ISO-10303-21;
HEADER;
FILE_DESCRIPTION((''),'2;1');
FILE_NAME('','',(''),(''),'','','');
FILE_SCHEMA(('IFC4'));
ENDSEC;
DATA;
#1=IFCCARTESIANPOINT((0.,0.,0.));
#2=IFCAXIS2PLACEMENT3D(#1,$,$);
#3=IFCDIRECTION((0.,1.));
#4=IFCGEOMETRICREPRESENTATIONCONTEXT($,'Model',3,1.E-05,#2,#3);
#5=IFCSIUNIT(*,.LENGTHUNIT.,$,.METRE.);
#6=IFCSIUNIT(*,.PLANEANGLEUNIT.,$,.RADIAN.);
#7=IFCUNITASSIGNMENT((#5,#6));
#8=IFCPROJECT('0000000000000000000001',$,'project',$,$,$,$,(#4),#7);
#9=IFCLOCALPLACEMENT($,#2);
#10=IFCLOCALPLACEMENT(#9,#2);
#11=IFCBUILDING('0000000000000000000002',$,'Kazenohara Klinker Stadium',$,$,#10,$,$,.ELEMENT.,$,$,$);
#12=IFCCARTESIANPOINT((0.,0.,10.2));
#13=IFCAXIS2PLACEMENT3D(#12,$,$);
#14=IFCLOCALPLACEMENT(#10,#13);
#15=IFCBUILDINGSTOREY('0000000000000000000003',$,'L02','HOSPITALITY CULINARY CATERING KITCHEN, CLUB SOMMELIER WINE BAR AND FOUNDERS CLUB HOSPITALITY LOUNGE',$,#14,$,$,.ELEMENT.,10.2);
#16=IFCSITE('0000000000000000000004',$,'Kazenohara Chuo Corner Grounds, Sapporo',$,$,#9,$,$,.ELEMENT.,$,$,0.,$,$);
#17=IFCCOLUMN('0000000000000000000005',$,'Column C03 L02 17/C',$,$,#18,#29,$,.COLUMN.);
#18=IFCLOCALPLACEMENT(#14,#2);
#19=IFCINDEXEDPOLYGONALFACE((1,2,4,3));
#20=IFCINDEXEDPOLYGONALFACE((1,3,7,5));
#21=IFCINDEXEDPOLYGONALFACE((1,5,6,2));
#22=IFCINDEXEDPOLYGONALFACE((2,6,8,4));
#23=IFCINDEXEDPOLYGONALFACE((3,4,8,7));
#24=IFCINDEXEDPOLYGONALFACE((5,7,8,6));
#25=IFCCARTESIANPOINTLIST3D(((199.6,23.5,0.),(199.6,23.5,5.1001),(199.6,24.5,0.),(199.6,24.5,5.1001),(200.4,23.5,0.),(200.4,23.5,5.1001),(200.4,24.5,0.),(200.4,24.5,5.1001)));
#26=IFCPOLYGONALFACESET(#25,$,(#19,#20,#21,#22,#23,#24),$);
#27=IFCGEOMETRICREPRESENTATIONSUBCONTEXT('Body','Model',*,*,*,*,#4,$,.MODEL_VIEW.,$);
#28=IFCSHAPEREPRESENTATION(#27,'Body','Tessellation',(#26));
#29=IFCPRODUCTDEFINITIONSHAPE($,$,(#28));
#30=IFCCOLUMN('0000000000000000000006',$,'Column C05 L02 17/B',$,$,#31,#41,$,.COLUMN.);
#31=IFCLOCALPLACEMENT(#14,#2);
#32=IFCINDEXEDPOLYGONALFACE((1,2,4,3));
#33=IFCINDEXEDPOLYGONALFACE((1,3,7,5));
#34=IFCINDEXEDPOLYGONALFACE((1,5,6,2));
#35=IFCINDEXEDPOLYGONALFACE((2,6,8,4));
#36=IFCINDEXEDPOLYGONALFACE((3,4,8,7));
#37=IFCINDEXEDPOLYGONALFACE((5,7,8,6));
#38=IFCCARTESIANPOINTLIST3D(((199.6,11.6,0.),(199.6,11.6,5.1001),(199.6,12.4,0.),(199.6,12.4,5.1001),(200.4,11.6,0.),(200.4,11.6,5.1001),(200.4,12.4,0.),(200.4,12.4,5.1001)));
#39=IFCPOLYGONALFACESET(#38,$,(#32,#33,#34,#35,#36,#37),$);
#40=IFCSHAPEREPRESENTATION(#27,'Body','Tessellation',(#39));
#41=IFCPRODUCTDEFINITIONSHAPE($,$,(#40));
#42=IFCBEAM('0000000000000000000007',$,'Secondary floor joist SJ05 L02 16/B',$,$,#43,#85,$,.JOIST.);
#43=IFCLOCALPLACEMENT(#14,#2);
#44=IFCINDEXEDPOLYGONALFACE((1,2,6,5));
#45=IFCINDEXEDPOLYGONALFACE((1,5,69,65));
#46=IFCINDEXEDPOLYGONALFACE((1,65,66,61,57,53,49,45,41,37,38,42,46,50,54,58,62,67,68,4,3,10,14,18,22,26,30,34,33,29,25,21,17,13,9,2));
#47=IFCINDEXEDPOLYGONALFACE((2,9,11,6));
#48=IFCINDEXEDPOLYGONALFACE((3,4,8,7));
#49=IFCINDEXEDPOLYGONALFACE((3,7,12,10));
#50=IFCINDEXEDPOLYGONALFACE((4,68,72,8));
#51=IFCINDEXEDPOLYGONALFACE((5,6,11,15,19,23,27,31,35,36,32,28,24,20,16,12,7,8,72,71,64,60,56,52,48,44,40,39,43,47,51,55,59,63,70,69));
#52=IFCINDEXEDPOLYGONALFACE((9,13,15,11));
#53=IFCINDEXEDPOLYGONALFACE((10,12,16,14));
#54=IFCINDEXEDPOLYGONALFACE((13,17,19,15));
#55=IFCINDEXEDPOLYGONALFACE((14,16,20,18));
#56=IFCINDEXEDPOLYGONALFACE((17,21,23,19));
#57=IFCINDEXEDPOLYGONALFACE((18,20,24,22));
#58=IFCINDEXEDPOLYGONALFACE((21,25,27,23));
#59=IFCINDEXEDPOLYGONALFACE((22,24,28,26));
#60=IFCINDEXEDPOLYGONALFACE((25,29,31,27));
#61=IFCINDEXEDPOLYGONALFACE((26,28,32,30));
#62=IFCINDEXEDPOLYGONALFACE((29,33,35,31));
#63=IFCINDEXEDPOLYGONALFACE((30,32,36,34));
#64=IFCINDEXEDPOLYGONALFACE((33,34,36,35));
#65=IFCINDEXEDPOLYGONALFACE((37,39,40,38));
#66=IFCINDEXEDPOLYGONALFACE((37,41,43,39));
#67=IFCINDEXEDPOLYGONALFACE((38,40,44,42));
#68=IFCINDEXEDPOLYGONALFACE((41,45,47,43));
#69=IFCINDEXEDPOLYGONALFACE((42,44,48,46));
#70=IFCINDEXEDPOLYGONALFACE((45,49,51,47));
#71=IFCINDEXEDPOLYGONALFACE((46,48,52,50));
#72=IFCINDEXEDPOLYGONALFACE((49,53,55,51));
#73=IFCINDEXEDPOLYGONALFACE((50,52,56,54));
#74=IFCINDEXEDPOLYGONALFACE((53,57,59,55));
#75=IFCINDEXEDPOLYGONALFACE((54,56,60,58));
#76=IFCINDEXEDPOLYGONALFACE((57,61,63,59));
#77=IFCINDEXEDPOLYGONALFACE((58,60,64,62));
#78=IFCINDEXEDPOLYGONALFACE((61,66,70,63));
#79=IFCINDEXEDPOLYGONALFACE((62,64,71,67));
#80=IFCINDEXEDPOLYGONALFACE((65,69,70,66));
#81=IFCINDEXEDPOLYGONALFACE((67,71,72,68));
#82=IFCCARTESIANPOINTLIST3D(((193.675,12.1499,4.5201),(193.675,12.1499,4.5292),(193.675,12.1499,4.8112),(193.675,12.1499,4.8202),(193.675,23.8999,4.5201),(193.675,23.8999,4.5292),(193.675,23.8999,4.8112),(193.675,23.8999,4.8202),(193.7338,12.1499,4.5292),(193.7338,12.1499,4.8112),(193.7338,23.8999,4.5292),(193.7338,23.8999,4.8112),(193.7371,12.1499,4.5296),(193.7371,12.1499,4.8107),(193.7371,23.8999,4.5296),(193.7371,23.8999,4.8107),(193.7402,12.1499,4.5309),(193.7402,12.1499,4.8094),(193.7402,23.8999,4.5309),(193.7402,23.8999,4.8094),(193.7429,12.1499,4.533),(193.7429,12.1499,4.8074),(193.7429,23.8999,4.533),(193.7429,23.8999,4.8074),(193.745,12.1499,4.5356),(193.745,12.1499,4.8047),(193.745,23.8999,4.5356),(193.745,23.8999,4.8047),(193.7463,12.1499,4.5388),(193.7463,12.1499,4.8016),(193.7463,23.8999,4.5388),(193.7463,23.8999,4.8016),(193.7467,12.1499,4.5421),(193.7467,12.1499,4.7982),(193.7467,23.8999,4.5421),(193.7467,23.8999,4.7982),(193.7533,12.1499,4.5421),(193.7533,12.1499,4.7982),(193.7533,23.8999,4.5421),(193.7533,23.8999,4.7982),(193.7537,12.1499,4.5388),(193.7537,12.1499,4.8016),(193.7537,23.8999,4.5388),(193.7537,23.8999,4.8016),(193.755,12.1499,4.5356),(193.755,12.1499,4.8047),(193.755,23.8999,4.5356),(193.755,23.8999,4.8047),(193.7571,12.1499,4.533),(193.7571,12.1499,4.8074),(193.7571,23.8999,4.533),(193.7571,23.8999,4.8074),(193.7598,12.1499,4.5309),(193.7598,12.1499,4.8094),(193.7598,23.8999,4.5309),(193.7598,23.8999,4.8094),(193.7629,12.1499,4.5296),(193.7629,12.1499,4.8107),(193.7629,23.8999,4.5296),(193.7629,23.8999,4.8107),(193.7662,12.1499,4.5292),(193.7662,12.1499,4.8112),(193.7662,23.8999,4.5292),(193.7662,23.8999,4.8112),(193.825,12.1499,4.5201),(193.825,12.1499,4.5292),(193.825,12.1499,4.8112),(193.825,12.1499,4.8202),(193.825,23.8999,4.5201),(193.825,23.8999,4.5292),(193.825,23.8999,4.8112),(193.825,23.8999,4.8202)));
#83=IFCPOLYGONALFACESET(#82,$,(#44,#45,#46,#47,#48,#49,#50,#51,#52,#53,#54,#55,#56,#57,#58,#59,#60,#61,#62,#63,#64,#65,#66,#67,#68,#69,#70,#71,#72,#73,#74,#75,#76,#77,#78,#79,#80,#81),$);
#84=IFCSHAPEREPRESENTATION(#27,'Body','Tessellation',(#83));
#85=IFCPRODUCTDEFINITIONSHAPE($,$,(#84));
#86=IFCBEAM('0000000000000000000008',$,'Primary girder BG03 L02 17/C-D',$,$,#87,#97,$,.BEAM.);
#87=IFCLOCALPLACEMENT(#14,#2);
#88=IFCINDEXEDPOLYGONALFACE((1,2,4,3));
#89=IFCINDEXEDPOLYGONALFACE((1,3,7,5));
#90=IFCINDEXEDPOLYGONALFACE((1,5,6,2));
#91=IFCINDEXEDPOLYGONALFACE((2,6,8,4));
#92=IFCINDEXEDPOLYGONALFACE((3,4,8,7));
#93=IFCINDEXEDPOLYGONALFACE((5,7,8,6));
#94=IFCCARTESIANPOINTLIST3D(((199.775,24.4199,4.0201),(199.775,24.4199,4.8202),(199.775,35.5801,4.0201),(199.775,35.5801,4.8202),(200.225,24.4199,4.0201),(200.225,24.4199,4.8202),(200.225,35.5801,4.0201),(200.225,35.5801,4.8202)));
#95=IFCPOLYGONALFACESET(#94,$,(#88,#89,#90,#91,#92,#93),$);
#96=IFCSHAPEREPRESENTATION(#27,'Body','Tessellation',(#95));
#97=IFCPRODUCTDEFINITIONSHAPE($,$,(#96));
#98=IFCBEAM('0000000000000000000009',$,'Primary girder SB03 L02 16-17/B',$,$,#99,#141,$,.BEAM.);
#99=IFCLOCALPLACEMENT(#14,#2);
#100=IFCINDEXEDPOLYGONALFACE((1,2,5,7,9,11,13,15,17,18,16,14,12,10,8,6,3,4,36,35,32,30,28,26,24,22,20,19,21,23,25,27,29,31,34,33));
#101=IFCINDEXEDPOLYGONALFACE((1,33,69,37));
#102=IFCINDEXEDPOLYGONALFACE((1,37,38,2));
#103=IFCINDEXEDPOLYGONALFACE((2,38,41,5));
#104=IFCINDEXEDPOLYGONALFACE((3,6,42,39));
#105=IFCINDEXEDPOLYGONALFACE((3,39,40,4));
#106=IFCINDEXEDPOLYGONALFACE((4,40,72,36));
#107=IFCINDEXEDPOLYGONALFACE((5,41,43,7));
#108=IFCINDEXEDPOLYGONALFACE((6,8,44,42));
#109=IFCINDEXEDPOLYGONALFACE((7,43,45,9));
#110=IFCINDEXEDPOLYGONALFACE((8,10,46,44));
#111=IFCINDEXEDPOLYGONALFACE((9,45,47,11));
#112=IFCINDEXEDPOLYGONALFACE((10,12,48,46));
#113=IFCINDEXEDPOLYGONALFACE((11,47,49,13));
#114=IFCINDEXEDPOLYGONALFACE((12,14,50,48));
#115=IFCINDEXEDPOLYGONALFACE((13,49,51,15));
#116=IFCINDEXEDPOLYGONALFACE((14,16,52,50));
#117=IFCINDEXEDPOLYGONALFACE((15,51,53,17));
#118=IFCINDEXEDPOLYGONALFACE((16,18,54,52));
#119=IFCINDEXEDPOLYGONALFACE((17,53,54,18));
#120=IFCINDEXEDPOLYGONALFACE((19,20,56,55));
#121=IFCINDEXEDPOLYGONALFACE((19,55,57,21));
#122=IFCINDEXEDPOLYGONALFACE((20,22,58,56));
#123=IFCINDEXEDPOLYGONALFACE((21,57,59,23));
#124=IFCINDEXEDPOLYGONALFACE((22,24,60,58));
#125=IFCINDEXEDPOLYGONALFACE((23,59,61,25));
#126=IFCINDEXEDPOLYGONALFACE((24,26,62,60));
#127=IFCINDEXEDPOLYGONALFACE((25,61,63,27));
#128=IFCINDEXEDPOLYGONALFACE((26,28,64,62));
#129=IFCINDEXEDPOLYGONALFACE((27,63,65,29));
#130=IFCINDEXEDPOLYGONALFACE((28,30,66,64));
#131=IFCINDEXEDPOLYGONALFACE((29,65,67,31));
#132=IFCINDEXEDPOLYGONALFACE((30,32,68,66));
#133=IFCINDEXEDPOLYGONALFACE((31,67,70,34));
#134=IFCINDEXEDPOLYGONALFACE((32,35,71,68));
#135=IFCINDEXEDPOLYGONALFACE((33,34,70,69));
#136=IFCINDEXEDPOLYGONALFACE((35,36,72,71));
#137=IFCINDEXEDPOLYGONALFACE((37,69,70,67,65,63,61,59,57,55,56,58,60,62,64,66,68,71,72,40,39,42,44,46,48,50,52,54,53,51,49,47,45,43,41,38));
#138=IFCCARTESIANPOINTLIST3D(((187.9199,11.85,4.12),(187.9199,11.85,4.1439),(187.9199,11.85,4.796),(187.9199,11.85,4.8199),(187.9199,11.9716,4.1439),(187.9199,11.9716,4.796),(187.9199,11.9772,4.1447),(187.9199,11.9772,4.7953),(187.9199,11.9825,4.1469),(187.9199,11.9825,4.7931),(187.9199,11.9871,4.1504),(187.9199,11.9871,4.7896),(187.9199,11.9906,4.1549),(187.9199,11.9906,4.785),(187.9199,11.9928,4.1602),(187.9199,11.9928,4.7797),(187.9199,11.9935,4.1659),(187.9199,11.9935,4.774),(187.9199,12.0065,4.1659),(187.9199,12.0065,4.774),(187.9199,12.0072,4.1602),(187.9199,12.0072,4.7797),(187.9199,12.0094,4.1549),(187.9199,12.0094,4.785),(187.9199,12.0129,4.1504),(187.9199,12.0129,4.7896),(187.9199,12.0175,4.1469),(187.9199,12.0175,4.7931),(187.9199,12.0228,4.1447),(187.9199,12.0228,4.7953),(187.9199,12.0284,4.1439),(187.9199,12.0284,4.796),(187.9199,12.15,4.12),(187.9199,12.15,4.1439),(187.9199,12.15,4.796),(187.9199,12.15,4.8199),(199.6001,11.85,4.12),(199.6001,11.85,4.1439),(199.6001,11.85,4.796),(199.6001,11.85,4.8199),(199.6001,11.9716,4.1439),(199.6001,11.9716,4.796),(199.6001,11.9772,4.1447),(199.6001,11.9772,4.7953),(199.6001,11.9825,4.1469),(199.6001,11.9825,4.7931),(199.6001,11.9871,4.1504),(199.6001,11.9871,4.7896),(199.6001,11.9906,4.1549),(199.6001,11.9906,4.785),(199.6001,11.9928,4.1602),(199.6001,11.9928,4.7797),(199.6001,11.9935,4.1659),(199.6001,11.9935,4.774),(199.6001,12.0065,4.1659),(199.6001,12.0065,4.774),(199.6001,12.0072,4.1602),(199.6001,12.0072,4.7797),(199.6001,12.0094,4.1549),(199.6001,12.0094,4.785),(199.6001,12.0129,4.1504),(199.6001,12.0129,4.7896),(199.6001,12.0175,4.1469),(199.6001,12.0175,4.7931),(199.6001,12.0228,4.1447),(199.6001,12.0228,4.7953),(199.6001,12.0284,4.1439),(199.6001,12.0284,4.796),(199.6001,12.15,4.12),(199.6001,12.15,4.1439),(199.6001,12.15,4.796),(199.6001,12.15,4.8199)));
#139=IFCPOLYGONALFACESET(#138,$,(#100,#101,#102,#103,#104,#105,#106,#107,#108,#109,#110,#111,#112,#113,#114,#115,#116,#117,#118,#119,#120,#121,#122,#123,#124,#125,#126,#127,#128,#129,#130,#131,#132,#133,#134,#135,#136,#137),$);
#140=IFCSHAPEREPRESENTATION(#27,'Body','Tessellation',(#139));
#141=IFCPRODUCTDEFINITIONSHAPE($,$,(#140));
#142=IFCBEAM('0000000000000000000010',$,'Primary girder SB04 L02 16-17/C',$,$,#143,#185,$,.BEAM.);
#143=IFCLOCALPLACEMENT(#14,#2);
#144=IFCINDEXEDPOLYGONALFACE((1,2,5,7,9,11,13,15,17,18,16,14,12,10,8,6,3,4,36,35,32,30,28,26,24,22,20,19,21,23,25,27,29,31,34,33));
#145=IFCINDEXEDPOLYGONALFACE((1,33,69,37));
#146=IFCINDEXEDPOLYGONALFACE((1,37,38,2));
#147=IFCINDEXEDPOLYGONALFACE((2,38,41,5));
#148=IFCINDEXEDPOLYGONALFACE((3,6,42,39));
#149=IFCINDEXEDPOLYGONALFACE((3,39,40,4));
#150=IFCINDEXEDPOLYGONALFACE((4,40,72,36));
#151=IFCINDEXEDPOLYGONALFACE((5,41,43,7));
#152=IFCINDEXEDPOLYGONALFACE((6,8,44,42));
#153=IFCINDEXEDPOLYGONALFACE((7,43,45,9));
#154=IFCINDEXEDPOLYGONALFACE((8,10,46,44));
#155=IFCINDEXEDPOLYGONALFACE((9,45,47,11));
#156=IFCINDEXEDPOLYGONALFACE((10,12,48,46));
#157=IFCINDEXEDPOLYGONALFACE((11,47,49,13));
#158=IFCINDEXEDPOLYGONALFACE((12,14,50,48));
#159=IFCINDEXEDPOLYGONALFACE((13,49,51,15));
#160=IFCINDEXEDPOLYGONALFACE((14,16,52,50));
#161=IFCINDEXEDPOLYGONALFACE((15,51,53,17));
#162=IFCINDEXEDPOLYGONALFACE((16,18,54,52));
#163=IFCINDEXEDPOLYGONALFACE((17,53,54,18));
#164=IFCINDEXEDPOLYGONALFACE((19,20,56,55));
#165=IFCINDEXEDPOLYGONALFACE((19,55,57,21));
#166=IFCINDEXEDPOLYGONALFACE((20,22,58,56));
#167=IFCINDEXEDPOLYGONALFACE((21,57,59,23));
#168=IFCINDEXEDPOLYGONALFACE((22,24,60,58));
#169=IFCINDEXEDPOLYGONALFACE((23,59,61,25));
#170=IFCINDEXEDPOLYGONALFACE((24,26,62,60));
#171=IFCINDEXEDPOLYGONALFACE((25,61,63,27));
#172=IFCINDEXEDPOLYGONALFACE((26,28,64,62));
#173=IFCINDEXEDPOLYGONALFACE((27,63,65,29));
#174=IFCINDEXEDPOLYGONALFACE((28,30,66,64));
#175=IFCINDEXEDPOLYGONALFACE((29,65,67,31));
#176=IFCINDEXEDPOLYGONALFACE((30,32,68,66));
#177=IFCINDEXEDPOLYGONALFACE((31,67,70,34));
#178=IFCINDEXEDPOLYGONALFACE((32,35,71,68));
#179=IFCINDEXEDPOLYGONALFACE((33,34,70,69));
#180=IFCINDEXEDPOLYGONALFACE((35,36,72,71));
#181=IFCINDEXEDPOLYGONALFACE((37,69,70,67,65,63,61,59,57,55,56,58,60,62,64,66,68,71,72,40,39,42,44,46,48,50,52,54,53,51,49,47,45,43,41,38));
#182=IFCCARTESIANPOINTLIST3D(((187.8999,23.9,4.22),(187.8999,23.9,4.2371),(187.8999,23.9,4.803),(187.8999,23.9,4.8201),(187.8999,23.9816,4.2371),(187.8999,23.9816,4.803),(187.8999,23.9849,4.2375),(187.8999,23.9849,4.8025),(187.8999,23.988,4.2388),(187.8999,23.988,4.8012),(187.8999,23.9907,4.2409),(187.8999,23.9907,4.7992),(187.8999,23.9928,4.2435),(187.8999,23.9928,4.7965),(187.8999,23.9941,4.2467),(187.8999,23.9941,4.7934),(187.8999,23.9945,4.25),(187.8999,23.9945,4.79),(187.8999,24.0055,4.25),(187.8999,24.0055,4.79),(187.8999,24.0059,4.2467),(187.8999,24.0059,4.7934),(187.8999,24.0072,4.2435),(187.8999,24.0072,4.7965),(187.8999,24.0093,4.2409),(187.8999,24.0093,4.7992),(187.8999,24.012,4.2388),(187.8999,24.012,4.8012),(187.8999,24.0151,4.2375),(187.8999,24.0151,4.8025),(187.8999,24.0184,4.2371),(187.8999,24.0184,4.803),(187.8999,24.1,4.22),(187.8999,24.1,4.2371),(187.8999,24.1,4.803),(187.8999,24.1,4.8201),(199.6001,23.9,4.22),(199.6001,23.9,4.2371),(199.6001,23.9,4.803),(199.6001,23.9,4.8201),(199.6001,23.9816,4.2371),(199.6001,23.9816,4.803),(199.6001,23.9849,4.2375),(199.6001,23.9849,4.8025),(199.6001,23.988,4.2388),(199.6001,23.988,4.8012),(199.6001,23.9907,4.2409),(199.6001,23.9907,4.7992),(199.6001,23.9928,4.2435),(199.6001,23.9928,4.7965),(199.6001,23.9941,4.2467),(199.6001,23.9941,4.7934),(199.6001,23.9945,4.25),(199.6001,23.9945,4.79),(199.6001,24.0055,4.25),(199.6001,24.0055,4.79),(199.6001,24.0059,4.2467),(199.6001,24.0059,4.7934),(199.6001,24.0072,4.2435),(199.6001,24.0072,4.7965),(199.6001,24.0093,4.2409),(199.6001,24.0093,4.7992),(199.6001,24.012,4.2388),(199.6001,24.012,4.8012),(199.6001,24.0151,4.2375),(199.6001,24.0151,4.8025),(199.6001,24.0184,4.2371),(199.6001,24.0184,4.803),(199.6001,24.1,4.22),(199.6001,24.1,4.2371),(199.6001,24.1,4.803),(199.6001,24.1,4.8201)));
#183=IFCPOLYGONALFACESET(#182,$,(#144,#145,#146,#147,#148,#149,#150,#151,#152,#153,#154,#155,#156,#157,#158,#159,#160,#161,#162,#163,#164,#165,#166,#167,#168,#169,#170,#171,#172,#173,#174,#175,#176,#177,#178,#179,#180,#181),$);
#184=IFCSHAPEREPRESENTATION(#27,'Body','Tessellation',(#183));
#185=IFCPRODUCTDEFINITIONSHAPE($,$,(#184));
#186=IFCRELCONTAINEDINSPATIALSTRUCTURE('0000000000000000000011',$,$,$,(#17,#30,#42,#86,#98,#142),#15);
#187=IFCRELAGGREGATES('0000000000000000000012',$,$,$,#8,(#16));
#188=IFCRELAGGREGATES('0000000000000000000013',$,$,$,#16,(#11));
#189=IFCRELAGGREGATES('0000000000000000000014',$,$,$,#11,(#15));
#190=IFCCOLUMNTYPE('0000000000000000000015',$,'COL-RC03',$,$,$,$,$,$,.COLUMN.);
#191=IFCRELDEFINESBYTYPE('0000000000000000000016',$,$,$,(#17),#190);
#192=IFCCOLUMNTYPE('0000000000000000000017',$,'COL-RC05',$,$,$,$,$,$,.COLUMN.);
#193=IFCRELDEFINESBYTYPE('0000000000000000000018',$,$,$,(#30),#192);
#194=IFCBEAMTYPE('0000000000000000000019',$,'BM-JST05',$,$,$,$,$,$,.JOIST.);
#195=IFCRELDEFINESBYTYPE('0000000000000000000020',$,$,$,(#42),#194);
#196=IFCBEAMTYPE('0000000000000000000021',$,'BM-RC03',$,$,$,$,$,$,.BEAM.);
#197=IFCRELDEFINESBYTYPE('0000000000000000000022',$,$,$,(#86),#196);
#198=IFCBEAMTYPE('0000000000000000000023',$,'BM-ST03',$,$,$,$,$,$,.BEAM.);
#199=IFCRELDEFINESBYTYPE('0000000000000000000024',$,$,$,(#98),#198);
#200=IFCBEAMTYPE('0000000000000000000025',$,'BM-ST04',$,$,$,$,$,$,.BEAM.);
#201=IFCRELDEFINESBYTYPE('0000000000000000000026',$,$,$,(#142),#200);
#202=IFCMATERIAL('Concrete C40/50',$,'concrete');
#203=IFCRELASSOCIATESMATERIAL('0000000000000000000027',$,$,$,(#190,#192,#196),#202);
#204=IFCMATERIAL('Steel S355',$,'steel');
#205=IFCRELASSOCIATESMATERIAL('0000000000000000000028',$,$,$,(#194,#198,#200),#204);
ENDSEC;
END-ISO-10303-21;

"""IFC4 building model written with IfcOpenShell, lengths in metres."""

from ifc_helpers import new_model, si_unit, direction, frame, origin, origin_2d, place, context, subcontext, project, spatial, rectangle, i_section, extrude, material, material_profile, profile_set, type_object, element, save


model = new_model("IFC4")

# Units and contexts
model_context = context("Model", 3, precision=1e-05, world=origin(), true_north=direction((0.0, 1.0)))
body_context = subcontext(model_context, "Body", "Model", "MODEL_VIEW")
ifc_project = project(units=[si_unit("LENGTHUNIT", "METRE"), si_unit("PLANEANGLEUNIT", "RADIAN")], contexts=[model_context])

# Site, building, storey
site_placement = place(None, origin())
site = spatial("IfcSite", under=ifc_project, at=site_placement, Name="Kazenohara Chuo Corner Grounds, Sapporo", CompositionType="ELEMENT", RefElevation=0.0)
building_placement = place(site_placement, origin())
building = spatial("IfcBuilding", under=site, at=building_placement, Name="Kazenohara Klinker Stadium", CompositionType="ELEMENT")
storey_placement = place(building_placement, frame((0.0, 0.0, 10.2)))
storey = spatial("IfcBuildingStorey", under=building, at=storey_placement, Name="L02", Description="HOSPITALITY CULINARY CATERING KITCHEN, CLUB SOMMELIER WINE BAR AND FOUNDERS CLUB HOSPITALITY LOUNGE", CompositionType="ELEMENT", Elevation=10.2)

# Columns
ifc_material_1 = material(Name="Concrete C40/50", Category="concrete")
ifc_material_profile_1 = material_profile(ifc_material_1, rectangle(XDim=0.8, YDim=1.0, at=origin_2d()), Name="RC-COL-1000x800")
ifc_profile_set_1 = profile_set([ifc_material_profile_1], Name="Concrete C40/50")
column_type_1 = type_object("IfcColumnType", Name="COL-RC03", PredefinedType="COLUMN", material=ifc_profile_set_1)
column_1_placement = place(storey_placement, frame((200.0, 24.0, 0.0), z_axis=(0.0, 0.0, 1.0), x_axis=(1.0, 0.0, 0.0)))
element("IfcColumn", 1, at=column_1_placement, inside=storey, type_object=column_type_1, Name="Column C03 L02 17/C", PredefinedType="COLUMN", context=body_context, shape_type="SweptSolid", body=[
    extrude(rectangle(XDim=0.8, YDim=1.0, at=origin_2d()), origin(), (0.0, 0.0, 1.0), 5.1001),
])
ifc_material_profile_2 = material_profile(ifc_material_1, rectangle(XDim=0.8, YDim=0.8, at=origin_2d()), Name="RC-COL-800x800")
ifc_profile_set_2 = profile_set([ifc_material_profile_2], Name="Concrete C40/50")
column_type_2 = type_object("IfcColumnType", Name="COL-RC05", PredefinedType="COLUMN", material=ifc_profile_set_2)
column_2_placement = place(storey_placement, frame((200.0, 12.0, 0.0), z_axis=(0.0, 0.0, 1.0), x_axis=(1.0, 0.0, 0.0)))
element("IfcColumn", 2, at=column_2_placement, inside=storey, type_object=column_type_2, Name="Column C05 L02 17/B", PredefinedType="COLUMN", context=body_context, shape_type="SweptSolid", body=[
    extrude(rectangle(XDim=0.8, YDim=0.8, at=origin_2d()), origin(), (0.0, 0.0, 1.0), 5.1001),
])

# Beams
ifc_material_2 = material(Name="Steel S355", Category="steel")
ifc_material_profile_3 = material_profile(ifc_material_2, i_section(OverallWidth=0.1499, OverallDepth=0.3, WebThickness=0.0066, FlangeThickness=0.009, FilletRadius=0.0129, at=origin_2d()), Name="H-300x150x6.5x9")
ifc_profile_set_3 = profile_set([ifc_material_profile_3], Name="Steel S355")
beam_type_1 = type_object("IfcBeamType", Name="BM-JST05", PredefinedType="JOIST", material=ifc_profile_set_3)
beam_1_placement = place(storey_placement, frame((193.75, 12.1499, 4.6702), z_axis=(0.0, 1.0, 0.0), x_axis=(-1.0, 0.0, 0.0)))
element("IfcBeam", 3, at=beam_1_placement, inside=storey, type_object=beam_type_1, Name="Secondary floor joist SJ05 L02 16/B", PredefinedType="JOIST", context=body_context, shape_type="SweptSolid", body=[
    extrude(i_section(OverallWidth=0.1499, OverallDepth=0.3, WebThickness=0.0066, FlangeThickness=0.009, FilletRadius=0.0129, at=origin_2d()), origin(), (0.0, 0.0, 1.0), 11.75),
])
ifc_material_profile_4 = material_profile(ifc_material_1, rectangle(XDim=0.45, YDim=0.8, at=origin_2d()), Name="RC-BM-450x800")
ifc_profile_set_4 = profile_set([ifc_material_profile_4], Name="Concrete C40/50")
beam_type_2 = type_object("IfcBeamType", Name="BM-RC03", PredefinedType="BEAM", material=ifc_profile_set_4)
beam_2_placement = place(storey_placement, frame((200.0, 24.4199, 4.4202), z_axis=(0.0, 1.0, 0.0), x_axis=(-1.0, 0.0, 0.0)))
element("IfcBeam", 4, at=beam_2_placement, inside=storey, type_object=beam_type_2, Name="Primary girder BG03 L02 17/C-D", PredefinedType="BEAM", context=body_context, shape_type="SweptSolid", body=[
    extrude(rectangle(XDim=0.45, YDim=0.8, at=origin_2d()), origin(), (0.0, 0.0, 1.0), 11.1602),
])
ifc_material_profile_5 = material_profile(ifc_material_2, i_section(OverallWidth=0.3, OverallDepth=0.7, WebThickness=0.0129, FlangeThickness=0.0239, FilletRadius=0.022, at=origin_2d()), Name="H-700x300x13x24")
ifc_profile_set_5 = profile_set([ifc_material_profile_5], Name="Steel S355")
beam_type_3 = type_object("IfcBeamType", Name="BM-ST03", PredefinedType="BEAM", material=ifc_profile_set_5)
beam_3_placement = place(storey_placement, frame((187.9199, 12.0, 4.47), z_axis=(1.0, 0.0, 0.0), x_axis=(0.0, 1.0, 0.0)))
element("IfcBeam", 5, at=beam_3_placement, inside=storey, type_object=beam_type_3, Name="Primary girder SB03 L02 16-17/B", PredefinedType="BEAM", context=body_context, shape_type="SweptSolid", body=[
    extrude(i_section(OverallWidth=0.3, OverallDepth=0.7, WebThickness=0.0129, FlangeThickness=0.0239, FilletRadius=0.022, at=origin_2d()), origin(), (0.0, 0.0, 1.0), 11.6802),
])
ifc_material_profile_6 = material_profile(ifc_material_2, i_section(OverallWidth=0.2, OverallDepth=0.6001, WebThickness=0.011, FlangeThickness=0.0171, FilletRadius=0.0129, at=origin_2d()), Name="H-600x200x11x17")
ifc_profile_set_6 = profile_set([ifc_material_profile_6], Name="Steel S355")
beam_type_4 = type_object("IfcBeamType", Name="BM-ST04", PredefinedType="BEAM", material=ifc_profile_set_6)
beam_4_placement = place(storey_placement, frame((187.8999, 24.0, 4.52), z_axis=(1.0, 0.0, 0.0), x_axis=(0.0, 1.0, 0.0)))
element("IfcBeam", 6, at=beam_4_placement, inside=storey, type_object=beam_type_4, Name="Primary girder SB04 L02 16-17/C", PredefinedType="BEAM", context=body_context, shape_type="SweptSolid", body=[
    extrude(i_section(OverallWidth=0.2, OverallDepth=0.6001, WebThickness=0.011, FlangeThickness=0.0171, FilletRadius=0.0129, at=origin_2d()), origin(), (0.0, 0.0, 1.0), 11.7002),
])

save(model, "model.ifc")
